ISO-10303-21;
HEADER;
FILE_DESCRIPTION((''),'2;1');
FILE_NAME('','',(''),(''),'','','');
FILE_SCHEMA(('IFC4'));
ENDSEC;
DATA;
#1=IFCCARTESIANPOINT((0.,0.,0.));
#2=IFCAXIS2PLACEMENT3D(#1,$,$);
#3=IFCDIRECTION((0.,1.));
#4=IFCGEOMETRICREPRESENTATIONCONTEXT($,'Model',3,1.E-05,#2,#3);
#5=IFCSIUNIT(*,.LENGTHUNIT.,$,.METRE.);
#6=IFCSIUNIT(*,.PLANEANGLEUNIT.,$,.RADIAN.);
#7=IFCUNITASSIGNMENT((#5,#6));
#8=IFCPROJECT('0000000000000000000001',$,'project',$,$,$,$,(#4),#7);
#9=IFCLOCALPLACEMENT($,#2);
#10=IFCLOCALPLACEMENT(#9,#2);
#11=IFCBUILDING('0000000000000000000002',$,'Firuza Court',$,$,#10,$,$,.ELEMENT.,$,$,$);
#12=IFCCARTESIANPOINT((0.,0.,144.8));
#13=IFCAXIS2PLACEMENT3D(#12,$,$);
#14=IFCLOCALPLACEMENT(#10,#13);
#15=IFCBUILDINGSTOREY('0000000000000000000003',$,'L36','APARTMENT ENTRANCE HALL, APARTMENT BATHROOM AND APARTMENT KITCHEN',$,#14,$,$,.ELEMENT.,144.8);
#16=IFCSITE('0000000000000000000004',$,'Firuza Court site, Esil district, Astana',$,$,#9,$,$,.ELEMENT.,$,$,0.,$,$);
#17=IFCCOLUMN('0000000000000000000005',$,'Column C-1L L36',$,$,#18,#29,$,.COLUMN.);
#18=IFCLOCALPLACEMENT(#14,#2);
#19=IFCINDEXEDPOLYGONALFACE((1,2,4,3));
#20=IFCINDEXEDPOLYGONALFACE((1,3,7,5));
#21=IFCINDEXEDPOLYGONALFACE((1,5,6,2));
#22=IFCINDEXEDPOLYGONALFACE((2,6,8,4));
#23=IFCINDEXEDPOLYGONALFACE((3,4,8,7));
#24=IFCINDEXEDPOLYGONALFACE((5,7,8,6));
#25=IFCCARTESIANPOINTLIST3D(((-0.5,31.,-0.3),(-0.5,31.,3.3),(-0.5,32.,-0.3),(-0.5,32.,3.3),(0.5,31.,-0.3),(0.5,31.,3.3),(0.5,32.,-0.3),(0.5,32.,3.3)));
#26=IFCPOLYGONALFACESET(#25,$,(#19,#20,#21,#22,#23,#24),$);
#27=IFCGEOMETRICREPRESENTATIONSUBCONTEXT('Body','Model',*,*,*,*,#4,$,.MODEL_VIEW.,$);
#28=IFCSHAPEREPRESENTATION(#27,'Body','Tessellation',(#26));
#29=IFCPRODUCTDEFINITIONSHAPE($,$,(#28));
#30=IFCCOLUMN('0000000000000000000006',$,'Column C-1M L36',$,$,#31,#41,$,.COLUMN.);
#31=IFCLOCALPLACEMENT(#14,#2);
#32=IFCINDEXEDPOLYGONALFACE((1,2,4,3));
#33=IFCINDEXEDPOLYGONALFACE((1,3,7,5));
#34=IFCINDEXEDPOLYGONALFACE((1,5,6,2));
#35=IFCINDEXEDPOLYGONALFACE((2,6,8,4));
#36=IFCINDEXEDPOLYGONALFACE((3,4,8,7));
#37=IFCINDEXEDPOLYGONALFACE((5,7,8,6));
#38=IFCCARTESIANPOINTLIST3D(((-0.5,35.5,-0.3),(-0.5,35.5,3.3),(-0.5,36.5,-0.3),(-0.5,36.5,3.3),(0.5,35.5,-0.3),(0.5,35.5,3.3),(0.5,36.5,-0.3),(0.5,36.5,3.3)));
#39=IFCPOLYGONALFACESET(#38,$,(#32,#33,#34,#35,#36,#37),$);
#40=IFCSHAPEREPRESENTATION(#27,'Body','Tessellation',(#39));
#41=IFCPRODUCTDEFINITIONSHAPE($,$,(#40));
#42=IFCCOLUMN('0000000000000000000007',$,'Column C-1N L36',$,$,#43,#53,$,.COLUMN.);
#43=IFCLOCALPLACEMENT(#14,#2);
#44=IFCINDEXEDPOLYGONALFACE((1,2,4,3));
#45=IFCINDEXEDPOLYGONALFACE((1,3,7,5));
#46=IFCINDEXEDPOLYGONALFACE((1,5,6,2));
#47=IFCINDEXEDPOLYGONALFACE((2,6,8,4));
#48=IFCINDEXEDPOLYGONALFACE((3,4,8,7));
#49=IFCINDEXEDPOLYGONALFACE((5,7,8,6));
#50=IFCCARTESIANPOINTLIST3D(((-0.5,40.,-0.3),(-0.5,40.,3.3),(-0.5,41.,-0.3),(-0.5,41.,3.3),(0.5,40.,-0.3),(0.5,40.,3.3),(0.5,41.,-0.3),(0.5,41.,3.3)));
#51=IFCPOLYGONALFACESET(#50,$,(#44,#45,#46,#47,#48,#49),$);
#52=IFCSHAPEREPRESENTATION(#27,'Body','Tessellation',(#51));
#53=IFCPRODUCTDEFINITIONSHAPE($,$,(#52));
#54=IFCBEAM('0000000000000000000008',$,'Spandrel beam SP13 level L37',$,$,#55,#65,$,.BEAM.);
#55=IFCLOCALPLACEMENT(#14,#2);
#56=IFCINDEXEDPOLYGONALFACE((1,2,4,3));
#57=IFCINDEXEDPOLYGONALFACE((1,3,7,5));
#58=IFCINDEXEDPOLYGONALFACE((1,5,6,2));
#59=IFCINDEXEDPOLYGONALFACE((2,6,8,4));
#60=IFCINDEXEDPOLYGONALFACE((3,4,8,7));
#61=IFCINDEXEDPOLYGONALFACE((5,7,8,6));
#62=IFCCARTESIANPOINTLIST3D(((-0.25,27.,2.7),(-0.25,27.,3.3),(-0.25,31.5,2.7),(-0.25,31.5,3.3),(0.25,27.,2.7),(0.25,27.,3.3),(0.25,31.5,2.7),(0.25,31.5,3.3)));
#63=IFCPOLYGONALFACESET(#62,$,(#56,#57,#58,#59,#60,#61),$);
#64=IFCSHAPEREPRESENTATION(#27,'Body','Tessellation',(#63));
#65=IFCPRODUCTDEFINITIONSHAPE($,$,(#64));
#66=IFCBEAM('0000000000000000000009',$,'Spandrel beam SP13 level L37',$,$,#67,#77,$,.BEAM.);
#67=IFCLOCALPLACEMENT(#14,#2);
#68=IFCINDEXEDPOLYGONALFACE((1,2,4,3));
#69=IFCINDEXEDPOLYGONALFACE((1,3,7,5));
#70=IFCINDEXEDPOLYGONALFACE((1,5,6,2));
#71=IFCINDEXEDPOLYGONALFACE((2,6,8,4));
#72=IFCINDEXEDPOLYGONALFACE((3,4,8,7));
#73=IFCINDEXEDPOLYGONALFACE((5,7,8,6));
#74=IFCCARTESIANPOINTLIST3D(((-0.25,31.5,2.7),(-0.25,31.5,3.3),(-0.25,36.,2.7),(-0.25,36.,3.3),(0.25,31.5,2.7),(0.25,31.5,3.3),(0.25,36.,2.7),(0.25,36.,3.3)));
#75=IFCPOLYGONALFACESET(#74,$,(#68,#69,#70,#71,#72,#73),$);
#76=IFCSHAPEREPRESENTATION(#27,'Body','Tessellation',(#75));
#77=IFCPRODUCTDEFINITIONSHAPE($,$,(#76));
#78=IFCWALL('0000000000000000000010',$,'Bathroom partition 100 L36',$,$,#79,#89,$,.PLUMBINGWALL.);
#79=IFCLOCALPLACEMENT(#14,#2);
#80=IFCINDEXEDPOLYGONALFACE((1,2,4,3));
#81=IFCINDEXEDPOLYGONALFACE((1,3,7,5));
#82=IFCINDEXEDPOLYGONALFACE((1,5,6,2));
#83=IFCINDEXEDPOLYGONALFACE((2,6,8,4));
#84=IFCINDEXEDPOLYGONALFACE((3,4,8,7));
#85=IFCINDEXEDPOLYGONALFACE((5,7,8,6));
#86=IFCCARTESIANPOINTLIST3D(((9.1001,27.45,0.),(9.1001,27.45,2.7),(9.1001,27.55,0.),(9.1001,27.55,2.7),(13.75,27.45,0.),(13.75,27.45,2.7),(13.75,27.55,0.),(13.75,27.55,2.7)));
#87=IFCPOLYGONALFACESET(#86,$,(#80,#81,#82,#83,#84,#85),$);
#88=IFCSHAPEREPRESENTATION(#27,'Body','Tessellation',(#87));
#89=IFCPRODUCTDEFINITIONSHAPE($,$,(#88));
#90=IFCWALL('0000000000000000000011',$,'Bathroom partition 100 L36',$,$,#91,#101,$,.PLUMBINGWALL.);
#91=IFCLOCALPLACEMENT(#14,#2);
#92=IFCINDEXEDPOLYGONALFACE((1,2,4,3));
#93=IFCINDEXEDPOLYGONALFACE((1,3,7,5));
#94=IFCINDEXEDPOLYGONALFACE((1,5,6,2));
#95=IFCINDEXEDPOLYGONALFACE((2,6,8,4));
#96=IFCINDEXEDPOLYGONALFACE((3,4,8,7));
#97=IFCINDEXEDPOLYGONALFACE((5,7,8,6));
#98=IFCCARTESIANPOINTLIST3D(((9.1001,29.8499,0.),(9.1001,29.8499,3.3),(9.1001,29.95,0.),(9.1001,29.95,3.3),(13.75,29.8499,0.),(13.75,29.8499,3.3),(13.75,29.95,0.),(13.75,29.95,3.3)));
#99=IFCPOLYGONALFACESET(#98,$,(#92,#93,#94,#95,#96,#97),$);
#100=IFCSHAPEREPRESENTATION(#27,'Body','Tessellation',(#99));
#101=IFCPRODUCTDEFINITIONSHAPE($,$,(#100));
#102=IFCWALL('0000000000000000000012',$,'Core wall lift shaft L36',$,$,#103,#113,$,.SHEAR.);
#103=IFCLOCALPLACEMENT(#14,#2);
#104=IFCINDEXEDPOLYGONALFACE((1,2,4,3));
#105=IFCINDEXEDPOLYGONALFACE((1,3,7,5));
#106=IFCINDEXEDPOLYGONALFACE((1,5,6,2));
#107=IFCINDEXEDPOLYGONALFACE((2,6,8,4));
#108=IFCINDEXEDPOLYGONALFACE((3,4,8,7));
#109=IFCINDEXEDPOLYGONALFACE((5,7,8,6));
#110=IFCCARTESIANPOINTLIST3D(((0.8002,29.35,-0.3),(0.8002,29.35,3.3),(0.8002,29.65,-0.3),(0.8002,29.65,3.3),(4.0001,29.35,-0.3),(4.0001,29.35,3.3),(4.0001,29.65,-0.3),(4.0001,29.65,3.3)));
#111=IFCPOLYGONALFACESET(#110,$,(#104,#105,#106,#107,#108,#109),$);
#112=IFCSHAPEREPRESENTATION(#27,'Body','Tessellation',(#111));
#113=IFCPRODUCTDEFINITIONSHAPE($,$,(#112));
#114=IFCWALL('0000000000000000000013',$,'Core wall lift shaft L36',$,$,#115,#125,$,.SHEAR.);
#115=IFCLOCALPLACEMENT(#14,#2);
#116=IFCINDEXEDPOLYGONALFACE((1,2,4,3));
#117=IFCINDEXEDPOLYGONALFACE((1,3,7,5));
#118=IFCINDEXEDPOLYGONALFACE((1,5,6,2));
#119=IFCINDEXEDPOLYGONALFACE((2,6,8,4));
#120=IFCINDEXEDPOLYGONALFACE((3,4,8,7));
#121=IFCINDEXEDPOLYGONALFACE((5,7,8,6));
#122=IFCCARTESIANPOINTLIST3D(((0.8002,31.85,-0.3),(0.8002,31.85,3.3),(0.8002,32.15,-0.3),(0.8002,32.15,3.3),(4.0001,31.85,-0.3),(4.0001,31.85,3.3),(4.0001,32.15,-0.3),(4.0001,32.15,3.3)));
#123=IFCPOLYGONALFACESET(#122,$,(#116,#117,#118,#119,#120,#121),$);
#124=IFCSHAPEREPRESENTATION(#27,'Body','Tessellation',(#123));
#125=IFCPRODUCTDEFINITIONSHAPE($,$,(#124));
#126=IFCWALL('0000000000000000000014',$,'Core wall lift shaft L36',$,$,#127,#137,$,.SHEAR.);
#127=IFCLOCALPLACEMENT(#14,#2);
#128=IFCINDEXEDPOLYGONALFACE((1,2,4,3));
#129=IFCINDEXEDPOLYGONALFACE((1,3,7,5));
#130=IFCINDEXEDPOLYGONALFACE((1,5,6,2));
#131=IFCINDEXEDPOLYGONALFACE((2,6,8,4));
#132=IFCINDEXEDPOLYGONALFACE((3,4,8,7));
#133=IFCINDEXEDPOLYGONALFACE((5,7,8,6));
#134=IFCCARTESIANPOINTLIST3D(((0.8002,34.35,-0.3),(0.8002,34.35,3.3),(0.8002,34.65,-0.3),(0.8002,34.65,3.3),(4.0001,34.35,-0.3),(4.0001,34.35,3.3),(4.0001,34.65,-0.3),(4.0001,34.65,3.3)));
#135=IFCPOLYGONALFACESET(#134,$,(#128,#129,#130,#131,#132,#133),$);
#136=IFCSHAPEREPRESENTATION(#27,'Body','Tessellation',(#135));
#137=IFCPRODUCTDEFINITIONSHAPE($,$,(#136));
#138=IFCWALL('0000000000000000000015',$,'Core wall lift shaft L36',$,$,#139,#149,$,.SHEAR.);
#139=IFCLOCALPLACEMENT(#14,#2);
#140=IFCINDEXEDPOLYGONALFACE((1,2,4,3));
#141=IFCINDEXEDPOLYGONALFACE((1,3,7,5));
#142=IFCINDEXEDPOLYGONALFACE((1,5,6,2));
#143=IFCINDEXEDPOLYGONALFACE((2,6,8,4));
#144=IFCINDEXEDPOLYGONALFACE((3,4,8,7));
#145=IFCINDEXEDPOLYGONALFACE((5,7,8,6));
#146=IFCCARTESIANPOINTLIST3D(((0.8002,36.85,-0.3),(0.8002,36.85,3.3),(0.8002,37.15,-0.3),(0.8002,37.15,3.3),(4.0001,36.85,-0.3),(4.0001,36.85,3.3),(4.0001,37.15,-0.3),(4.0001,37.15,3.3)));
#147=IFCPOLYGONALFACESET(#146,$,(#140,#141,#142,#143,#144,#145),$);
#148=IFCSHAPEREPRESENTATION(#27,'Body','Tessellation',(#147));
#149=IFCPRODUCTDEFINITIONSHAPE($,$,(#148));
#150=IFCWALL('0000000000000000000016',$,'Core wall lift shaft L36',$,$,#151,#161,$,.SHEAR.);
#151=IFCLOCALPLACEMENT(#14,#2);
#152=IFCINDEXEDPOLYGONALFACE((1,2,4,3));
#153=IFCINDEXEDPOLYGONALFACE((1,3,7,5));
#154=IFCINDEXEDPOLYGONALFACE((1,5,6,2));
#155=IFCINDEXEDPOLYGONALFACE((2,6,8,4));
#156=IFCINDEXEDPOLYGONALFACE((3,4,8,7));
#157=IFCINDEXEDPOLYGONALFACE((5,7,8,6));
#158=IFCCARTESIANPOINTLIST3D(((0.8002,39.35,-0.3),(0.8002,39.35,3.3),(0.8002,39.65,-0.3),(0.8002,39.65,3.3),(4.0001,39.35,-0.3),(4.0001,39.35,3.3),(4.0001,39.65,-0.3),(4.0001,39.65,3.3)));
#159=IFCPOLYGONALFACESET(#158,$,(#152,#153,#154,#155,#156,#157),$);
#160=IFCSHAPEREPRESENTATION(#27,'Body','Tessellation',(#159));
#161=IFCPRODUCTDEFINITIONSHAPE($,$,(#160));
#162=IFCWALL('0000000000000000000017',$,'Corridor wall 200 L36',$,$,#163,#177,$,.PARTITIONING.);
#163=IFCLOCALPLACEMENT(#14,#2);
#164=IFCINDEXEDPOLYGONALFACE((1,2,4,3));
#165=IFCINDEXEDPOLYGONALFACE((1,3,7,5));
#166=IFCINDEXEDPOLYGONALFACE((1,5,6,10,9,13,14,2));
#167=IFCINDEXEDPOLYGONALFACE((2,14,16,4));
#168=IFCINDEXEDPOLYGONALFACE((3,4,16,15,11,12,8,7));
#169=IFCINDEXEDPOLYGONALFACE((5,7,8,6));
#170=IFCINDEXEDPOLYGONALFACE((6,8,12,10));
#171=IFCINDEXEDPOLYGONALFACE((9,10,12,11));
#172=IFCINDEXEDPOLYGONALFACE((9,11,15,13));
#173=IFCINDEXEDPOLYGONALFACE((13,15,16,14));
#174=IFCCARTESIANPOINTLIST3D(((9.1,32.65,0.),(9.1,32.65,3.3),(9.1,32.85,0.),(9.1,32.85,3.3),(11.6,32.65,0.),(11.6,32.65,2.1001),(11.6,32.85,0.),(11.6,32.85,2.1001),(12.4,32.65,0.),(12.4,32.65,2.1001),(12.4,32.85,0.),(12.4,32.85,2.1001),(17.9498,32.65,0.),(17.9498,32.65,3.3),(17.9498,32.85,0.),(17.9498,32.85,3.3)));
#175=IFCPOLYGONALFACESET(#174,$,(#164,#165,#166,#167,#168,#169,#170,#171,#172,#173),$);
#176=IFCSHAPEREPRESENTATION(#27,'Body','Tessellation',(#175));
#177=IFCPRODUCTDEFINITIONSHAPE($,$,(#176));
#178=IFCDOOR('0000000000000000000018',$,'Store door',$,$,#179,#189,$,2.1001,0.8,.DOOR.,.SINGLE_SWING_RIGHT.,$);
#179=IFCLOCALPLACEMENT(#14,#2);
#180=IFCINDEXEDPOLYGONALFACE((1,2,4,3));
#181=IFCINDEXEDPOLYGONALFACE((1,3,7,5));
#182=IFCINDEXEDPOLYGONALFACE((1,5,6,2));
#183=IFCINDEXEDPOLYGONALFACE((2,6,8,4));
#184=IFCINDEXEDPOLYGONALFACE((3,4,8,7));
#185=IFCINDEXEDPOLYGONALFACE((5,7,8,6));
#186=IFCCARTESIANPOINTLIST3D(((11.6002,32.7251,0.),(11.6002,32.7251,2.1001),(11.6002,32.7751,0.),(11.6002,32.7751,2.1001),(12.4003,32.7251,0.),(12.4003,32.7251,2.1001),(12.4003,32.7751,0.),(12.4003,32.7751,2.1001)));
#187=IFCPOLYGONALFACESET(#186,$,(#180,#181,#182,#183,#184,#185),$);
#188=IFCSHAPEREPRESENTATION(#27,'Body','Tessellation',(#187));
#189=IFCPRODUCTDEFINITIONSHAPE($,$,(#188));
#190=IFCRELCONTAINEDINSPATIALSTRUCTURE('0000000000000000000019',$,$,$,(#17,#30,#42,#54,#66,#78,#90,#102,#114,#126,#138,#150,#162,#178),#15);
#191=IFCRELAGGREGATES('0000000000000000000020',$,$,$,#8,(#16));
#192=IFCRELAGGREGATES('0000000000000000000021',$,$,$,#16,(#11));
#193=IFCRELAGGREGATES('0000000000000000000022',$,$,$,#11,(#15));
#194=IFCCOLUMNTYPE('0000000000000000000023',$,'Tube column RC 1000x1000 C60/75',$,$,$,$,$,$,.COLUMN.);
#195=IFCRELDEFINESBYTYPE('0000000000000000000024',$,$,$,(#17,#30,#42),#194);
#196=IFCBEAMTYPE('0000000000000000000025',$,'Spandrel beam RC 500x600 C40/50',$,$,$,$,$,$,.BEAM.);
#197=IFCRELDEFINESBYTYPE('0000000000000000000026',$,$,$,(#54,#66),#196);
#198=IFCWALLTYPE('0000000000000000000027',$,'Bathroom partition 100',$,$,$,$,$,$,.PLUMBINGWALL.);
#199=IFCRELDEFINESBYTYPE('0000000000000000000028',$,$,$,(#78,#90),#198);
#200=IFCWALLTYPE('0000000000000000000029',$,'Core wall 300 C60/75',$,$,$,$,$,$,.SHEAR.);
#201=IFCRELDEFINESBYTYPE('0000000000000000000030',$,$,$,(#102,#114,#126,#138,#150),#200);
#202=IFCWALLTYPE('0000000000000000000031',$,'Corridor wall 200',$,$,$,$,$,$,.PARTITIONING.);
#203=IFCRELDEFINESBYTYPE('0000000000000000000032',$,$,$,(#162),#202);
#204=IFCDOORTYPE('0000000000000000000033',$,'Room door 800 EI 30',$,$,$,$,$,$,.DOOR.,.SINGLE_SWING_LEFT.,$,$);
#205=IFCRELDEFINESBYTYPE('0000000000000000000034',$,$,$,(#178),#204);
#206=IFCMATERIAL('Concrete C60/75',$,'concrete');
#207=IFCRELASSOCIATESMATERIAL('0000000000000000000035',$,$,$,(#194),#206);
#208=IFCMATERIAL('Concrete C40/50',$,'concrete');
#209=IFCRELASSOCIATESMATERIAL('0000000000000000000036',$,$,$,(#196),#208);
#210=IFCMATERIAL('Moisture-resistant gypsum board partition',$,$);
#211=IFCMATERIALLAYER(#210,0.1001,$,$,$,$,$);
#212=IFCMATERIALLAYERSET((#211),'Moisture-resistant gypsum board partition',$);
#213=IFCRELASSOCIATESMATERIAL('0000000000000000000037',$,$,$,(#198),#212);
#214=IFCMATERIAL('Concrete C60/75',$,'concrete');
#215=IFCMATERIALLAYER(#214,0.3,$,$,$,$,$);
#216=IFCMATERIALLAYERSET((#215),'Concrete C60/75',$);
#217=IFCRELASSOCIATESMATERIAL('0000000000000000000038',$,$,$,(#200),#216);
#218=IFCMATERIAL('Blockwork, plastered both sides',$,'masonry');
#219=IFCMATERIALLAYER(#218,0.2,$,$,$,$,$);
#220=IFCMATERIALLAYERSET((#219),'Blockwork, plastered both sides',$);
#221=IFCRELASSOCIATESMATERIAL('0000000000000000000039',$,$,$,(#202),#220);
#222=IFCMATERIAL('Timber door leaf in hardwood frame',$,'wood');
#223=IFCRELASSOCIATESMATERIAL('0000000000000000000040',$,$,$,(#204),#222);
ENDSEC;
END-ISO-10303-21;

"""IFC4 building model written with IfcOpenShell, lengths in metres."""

from ifc_helpers import new_model, si_unit, direction, frame, frame_2d, origin, origin_2d, place, context, subcontext, project, spatial, rectangle, extrude, material, layer, layer_set, material_profile, profile_set, type_object, element, fill, save


model = new_model("IFC4")

# Units and contexts
model_context = context("Model", 3, precision=1e-05, world=origin(), true_north=direction((0.0, 1.0)))
body_context = subcontext(model_context, "Body", "Model", "MODEL_VIEW")
ifc_project = project(units=[si_unit("LENGTHUNIT", "METRE"), si_unit("PLANEANGLEUNIT", "RADIAN")], contexts=[model_context])

# Site, building, storey
site_placement = place(None, origin())
site = spatial("IfcSite", under=ifc_project, at=site_placement, Name="Firuza Court site, Esil district, Astana", CompositionType="ELEMENT", RefElevation=0.0)
building_placement = place(site_placement, origin())
building = spatial("IfcBuilding", under=site, at=building_placement, Name="Firuza Court", CompositionType="ELEMENT")
storey_placement = place(building_placement, frame((0.0, 0.0, 144.8)))
storey = spatial("IfcBuildingStorey", under=building, at=storey_placement, Name="L36", Description="APARTMENT ENTRANCE HALL, APARTMENT BATHROOM AND APARTMENT KITCHEN", CompositionType="ELEMENT", Elevation=144.8)

# Columns
ifc_material_1 = material(Name="Concrete C60/75", Category="concrete")
ifc_material_profile_1 = material_profile(ifc_material_1, rectangle(XDim=1.0, YDim=1.0, at=origin_2d()), Name="RC 1000x1000")
ifc_profile_set_1 = profile_set([ifc_material_profile_1], Name="Concrete C60/75")
column_type = type_object("IfcColumnType", Name="Tube column RC 1000x1000 C60/75", PredefinedType="COLUMN", material=ifc_profile_set_1)
for number, where, z_axis, x_axis, name in (
    (1, (0.0, 31.5, -0.3), (0.0, 0.0, 1.0), (1.0, 0.0, 0.0), "Column C-1L L36"),
    (2, (0.0, 36.0, -0.3), (0.0, 0.0, 1.0), (1.0, 0.0, 0.0), "Column C-1M L36"),
    (3, (0.0, 40.5, -0.3), (0.0, 0.0, 1.0), (1.0, 0.0, 0.0), "Column C-1N L36"),
):
    element("IfcColumn", number, at=place(storey_placement, frame(where, z_axis=z_axis, x_axis=x_axis)), inside=storey, type_object=column_type, Name=name, PredefinedType="COLUMN", context=body_context, shape_type="SweptSolid", body=[
        extrude(rectangle(XDim=1.0, YDim=1.0, at=origin_2d()), origin(), (0.0, 0.0, 1.0), 3.6001),
    ])

# Beams
ifc_material_2 = material(Name="Concrete C40/50", Category="concrete")
ifc_material_profile_2 = material_profile(ifc_material_2, rectangle(XDim=0.5, YDim=0.6001, at=origin_2d()), Name="RC 500x600")
ifc_profile_set_2 = profile_set([ifc_material_profile_2], Name="Concrete C40/50")
beam_type = type_object("IfcBeamType", Name="Spandrel beam RC 500x600 C40/50", PredefinedType="BEAM", material=ifc_profile_set_2)
for number, where, z_axis, x_axis, name in (
    (4, (0.0, 31.5, 3.0), (0.0, -1.0, 0.0), (1.0, 0.0, 0.0), "Spandrel beam SP13 level L37"),
    (5, (0.0, 36.0, 3.0), (0.0, -1.0, 0.0), (1.0, 0.0, 0.0), "Spandrel beam SP13 level L37"),
):
    element("IfcBeam", number, at=place(storey_placement, frame(where, z_axis=z_axis, x_axis=x_axis)), inside=storey, type_object=beam_type, Name=name, PredefinedType="BEAM", context=body_context, shape_type="SweptSolid", body=[
        extrude(rectangle(XDim=0.5, YDim=0.6001, at=origin_2d()), origin(), (0.0, 0.0, 1.0), 4.5),
    ])

# Walls
ifc_material_3 = material(Name="Moisture-resistant gypsum board partition")
ifc_layer_1 = layer(ifc_material_3, 0.1001)
ifc_layer_set_1 = layer_set([ifc_layer_1], Name="Moisture-resistant gypsum board partition")
wall_type_1 = type_object("IfcWallType", Name="Bathroom partition 100", PredefinedType="PLUMBINGWALL", material=ifc_layer_set_1)
wall_1_placement = place(storey_placement, frame((9.1001, 27.5, 0.0), z_axis=(0.0, 0.0, 1.0), x_axis=(1.0, 0.0, 0.0)))
element("IfcWall", 6, at=wall_1_placement, inside=storey, type_object=wall_type_1, Name="Bathroom partition 100 L36", PredefinedType="PLUMBINGWALL", context=body_context, shape_type="SweptSolid", body=[
    extrude(rectangle(XDim=4.6499, YDim=0.1001, at=frame_2d((2.325, 0.0))), origin(), (0.0, 0.0, 1.0), 2.7),
])
wall_2_placement = place(storey_placement, frame((9.1001, 29.8999, 0.0), z_axis=(0.0, 0.0, 1.0), x_axis=(1.0, 0.0, 0.0)))
element("IfcWall", 7, at=wall_2_placement, inside=storey, type_object=wall_type_1, Name="Bathroom partition 100 L36", PredefinedType="PLUMBINGWALL", context=body_context, shape_type="SweptSolid", body=[
    extrude(rectangle(XDim=4.6499, YDim=0.1001, at=frame_2d((2.325, 0.0))), origin(), (0.0, 0.0, 1.0), 3.3),
])
ifc_material_4 = material(Name="Concrete C60/75", Category="concrete")
ifc_layer_2 = layer(ifc_material_4, 0.3)
ifc_layer_set_2 = layer_set([ifc_layer_2], Name="Concrete C60/75")
wall_type_2 = type_object("IfcWallType", Name="Core wall 300 C60/75", PredefinedType="SHEAR", material=ifc_layer_set_2)
for number, where, z_axis, x_axis, name in (
    (8, (0.8, 29.5, -0.3), (0.0, 0.0, 1.0), (1.0, 0.0, 0.0), "Core wall lift shaft L36"),
    (9, (0.8, 32.0, -0.3), (0.0, 0.0, 1.0), (1.0, 0.0, 0.0), "Core wall lift shaft L36"),
    (10, (0.8, 34.5, -0.3), (0.0, 0.0, 1.0), (1.0, 0.0, 0.0), "Core wall lift shaft L36"),
    (11, (0.8, 37.0, -0.3), (0.0, 0.0, 1.0), (1.0, 0.0, 0.0), "Core wall lift shaft L36"),
    (12, (0.8, 39.5, -0.3), (0.0, 0.0, 1.0), (1.0, 0.0, 0.0), "Core wall lift shaft L36"),
):
    element("IfcWall", number, at=place(storey_placement, frame(where, z_axis=z_axis, x_axis=x_axis)), inside=storey, type_object=wall_type_2, Name=name, PredefinedType="SHEAR", context=body_context, shape_type="SweptSolid", body=[
        extrude(rectangle(XDim=3.2, YDim=0.3, at=frame_2d((1.6001, 0.0))), origin(), (0.0, 0.0, 1.0), 3.6001),
    ])

# Wall, opening, door
ifc_material_5 = material(Name="Blockwork, plastered both sides", Category="masonry")
ifc_layer_3 = layer(ifc_material_5, 0.2)
ifc_layer_set_3 = layer_set([ifc_layer_3], Name="Blockwork, plastered both sides")
wall_type_3 = type_object("IfcWallType", Name="Corridor wall 200", PredefinedType="PARTITIONING", material=ifc_layer_set_3)
wall_3_placement = place(storey_placement, frame((9.1001, 32.75, 0.0), z_axis=(0.0, 0.0, 1.0), x_axis=(1.0, 0.0, 0.0)))
wall_3 = element("IfcWall", 13, at=wall_3_placement, inside=storey, type_object=wall_type_3, Name="Corridor wall 200 L36", PredefinedType="PARTITIONING", context=body_context, shape_type="SweptSolid", body=[
    extrude(rectangle(XDim=8.8499, YDim=0.2, at=frame_2d((4.4248, 0.0))), origin(), (0.0, 0.0, 1.0), 3.3),
])
opening_1_placement = place(wall_3_placement, frame((2.5, 0.0, 0.0)))
opening_1 = element("IfcOpeningElement", 14, at=opening_1_placement, cuts=wall_3, PredefinedType="OPENING", context=body_context, shape_type="SweptSolid", body=[
    extrude(rectangle(XDim=0.8, YDim=2.1001, at=frame_2d((0.3999, 1.05))), frame((0.0, 0.1118, 0.0), z_axis=(0.0, -1.0, 0.0), x_axis=(1.0, 0.0, 0.0)), (0.0, 0.0, 1.0), 0.2239),
])
ifc_material_6 = material(Name="Timber door leaf in hardwood frame", Category="wood")
door_type_1 = type_object("IfcDoorType", Name="Room door 800 EI 30", OperationType="SINGLE_SWING_LEFT", PredefinedType="DOOR", material=ifc_material_6)
door_1_placement = place(opening_1_placement, frame((0.8, 0.0, 0.0), z_axis=(0.0, 0.0, 1.0), x_axis=(-1.0, 0.0, 0.0)))
door_1 = element("IfcDoor", 15, at=door_1_placement, inside=storey, type_object=door_type_1, Name="Store door", OperationType="SINGLE_SWING_RIGHT", OverallHeight=2.1001, OverallWidth=0.8, PredefinedType="DOOR", context=body_context, shape_type="SweptSolid", body=[
    extrude(rectangle(XDim=0.8, YDim=2.1001, at=frame_2d((0.3999, 1.05))), frame((0.0, 0.0249, 0.0), z_axis=(0.0, -1.0, 0.0), x_axis=(1.0, 0.0, 0.0)), (0.0, 0.0, 1.0), 0.05),
])
fill(opening_1, door_1)

save(model, "model.ifc")
